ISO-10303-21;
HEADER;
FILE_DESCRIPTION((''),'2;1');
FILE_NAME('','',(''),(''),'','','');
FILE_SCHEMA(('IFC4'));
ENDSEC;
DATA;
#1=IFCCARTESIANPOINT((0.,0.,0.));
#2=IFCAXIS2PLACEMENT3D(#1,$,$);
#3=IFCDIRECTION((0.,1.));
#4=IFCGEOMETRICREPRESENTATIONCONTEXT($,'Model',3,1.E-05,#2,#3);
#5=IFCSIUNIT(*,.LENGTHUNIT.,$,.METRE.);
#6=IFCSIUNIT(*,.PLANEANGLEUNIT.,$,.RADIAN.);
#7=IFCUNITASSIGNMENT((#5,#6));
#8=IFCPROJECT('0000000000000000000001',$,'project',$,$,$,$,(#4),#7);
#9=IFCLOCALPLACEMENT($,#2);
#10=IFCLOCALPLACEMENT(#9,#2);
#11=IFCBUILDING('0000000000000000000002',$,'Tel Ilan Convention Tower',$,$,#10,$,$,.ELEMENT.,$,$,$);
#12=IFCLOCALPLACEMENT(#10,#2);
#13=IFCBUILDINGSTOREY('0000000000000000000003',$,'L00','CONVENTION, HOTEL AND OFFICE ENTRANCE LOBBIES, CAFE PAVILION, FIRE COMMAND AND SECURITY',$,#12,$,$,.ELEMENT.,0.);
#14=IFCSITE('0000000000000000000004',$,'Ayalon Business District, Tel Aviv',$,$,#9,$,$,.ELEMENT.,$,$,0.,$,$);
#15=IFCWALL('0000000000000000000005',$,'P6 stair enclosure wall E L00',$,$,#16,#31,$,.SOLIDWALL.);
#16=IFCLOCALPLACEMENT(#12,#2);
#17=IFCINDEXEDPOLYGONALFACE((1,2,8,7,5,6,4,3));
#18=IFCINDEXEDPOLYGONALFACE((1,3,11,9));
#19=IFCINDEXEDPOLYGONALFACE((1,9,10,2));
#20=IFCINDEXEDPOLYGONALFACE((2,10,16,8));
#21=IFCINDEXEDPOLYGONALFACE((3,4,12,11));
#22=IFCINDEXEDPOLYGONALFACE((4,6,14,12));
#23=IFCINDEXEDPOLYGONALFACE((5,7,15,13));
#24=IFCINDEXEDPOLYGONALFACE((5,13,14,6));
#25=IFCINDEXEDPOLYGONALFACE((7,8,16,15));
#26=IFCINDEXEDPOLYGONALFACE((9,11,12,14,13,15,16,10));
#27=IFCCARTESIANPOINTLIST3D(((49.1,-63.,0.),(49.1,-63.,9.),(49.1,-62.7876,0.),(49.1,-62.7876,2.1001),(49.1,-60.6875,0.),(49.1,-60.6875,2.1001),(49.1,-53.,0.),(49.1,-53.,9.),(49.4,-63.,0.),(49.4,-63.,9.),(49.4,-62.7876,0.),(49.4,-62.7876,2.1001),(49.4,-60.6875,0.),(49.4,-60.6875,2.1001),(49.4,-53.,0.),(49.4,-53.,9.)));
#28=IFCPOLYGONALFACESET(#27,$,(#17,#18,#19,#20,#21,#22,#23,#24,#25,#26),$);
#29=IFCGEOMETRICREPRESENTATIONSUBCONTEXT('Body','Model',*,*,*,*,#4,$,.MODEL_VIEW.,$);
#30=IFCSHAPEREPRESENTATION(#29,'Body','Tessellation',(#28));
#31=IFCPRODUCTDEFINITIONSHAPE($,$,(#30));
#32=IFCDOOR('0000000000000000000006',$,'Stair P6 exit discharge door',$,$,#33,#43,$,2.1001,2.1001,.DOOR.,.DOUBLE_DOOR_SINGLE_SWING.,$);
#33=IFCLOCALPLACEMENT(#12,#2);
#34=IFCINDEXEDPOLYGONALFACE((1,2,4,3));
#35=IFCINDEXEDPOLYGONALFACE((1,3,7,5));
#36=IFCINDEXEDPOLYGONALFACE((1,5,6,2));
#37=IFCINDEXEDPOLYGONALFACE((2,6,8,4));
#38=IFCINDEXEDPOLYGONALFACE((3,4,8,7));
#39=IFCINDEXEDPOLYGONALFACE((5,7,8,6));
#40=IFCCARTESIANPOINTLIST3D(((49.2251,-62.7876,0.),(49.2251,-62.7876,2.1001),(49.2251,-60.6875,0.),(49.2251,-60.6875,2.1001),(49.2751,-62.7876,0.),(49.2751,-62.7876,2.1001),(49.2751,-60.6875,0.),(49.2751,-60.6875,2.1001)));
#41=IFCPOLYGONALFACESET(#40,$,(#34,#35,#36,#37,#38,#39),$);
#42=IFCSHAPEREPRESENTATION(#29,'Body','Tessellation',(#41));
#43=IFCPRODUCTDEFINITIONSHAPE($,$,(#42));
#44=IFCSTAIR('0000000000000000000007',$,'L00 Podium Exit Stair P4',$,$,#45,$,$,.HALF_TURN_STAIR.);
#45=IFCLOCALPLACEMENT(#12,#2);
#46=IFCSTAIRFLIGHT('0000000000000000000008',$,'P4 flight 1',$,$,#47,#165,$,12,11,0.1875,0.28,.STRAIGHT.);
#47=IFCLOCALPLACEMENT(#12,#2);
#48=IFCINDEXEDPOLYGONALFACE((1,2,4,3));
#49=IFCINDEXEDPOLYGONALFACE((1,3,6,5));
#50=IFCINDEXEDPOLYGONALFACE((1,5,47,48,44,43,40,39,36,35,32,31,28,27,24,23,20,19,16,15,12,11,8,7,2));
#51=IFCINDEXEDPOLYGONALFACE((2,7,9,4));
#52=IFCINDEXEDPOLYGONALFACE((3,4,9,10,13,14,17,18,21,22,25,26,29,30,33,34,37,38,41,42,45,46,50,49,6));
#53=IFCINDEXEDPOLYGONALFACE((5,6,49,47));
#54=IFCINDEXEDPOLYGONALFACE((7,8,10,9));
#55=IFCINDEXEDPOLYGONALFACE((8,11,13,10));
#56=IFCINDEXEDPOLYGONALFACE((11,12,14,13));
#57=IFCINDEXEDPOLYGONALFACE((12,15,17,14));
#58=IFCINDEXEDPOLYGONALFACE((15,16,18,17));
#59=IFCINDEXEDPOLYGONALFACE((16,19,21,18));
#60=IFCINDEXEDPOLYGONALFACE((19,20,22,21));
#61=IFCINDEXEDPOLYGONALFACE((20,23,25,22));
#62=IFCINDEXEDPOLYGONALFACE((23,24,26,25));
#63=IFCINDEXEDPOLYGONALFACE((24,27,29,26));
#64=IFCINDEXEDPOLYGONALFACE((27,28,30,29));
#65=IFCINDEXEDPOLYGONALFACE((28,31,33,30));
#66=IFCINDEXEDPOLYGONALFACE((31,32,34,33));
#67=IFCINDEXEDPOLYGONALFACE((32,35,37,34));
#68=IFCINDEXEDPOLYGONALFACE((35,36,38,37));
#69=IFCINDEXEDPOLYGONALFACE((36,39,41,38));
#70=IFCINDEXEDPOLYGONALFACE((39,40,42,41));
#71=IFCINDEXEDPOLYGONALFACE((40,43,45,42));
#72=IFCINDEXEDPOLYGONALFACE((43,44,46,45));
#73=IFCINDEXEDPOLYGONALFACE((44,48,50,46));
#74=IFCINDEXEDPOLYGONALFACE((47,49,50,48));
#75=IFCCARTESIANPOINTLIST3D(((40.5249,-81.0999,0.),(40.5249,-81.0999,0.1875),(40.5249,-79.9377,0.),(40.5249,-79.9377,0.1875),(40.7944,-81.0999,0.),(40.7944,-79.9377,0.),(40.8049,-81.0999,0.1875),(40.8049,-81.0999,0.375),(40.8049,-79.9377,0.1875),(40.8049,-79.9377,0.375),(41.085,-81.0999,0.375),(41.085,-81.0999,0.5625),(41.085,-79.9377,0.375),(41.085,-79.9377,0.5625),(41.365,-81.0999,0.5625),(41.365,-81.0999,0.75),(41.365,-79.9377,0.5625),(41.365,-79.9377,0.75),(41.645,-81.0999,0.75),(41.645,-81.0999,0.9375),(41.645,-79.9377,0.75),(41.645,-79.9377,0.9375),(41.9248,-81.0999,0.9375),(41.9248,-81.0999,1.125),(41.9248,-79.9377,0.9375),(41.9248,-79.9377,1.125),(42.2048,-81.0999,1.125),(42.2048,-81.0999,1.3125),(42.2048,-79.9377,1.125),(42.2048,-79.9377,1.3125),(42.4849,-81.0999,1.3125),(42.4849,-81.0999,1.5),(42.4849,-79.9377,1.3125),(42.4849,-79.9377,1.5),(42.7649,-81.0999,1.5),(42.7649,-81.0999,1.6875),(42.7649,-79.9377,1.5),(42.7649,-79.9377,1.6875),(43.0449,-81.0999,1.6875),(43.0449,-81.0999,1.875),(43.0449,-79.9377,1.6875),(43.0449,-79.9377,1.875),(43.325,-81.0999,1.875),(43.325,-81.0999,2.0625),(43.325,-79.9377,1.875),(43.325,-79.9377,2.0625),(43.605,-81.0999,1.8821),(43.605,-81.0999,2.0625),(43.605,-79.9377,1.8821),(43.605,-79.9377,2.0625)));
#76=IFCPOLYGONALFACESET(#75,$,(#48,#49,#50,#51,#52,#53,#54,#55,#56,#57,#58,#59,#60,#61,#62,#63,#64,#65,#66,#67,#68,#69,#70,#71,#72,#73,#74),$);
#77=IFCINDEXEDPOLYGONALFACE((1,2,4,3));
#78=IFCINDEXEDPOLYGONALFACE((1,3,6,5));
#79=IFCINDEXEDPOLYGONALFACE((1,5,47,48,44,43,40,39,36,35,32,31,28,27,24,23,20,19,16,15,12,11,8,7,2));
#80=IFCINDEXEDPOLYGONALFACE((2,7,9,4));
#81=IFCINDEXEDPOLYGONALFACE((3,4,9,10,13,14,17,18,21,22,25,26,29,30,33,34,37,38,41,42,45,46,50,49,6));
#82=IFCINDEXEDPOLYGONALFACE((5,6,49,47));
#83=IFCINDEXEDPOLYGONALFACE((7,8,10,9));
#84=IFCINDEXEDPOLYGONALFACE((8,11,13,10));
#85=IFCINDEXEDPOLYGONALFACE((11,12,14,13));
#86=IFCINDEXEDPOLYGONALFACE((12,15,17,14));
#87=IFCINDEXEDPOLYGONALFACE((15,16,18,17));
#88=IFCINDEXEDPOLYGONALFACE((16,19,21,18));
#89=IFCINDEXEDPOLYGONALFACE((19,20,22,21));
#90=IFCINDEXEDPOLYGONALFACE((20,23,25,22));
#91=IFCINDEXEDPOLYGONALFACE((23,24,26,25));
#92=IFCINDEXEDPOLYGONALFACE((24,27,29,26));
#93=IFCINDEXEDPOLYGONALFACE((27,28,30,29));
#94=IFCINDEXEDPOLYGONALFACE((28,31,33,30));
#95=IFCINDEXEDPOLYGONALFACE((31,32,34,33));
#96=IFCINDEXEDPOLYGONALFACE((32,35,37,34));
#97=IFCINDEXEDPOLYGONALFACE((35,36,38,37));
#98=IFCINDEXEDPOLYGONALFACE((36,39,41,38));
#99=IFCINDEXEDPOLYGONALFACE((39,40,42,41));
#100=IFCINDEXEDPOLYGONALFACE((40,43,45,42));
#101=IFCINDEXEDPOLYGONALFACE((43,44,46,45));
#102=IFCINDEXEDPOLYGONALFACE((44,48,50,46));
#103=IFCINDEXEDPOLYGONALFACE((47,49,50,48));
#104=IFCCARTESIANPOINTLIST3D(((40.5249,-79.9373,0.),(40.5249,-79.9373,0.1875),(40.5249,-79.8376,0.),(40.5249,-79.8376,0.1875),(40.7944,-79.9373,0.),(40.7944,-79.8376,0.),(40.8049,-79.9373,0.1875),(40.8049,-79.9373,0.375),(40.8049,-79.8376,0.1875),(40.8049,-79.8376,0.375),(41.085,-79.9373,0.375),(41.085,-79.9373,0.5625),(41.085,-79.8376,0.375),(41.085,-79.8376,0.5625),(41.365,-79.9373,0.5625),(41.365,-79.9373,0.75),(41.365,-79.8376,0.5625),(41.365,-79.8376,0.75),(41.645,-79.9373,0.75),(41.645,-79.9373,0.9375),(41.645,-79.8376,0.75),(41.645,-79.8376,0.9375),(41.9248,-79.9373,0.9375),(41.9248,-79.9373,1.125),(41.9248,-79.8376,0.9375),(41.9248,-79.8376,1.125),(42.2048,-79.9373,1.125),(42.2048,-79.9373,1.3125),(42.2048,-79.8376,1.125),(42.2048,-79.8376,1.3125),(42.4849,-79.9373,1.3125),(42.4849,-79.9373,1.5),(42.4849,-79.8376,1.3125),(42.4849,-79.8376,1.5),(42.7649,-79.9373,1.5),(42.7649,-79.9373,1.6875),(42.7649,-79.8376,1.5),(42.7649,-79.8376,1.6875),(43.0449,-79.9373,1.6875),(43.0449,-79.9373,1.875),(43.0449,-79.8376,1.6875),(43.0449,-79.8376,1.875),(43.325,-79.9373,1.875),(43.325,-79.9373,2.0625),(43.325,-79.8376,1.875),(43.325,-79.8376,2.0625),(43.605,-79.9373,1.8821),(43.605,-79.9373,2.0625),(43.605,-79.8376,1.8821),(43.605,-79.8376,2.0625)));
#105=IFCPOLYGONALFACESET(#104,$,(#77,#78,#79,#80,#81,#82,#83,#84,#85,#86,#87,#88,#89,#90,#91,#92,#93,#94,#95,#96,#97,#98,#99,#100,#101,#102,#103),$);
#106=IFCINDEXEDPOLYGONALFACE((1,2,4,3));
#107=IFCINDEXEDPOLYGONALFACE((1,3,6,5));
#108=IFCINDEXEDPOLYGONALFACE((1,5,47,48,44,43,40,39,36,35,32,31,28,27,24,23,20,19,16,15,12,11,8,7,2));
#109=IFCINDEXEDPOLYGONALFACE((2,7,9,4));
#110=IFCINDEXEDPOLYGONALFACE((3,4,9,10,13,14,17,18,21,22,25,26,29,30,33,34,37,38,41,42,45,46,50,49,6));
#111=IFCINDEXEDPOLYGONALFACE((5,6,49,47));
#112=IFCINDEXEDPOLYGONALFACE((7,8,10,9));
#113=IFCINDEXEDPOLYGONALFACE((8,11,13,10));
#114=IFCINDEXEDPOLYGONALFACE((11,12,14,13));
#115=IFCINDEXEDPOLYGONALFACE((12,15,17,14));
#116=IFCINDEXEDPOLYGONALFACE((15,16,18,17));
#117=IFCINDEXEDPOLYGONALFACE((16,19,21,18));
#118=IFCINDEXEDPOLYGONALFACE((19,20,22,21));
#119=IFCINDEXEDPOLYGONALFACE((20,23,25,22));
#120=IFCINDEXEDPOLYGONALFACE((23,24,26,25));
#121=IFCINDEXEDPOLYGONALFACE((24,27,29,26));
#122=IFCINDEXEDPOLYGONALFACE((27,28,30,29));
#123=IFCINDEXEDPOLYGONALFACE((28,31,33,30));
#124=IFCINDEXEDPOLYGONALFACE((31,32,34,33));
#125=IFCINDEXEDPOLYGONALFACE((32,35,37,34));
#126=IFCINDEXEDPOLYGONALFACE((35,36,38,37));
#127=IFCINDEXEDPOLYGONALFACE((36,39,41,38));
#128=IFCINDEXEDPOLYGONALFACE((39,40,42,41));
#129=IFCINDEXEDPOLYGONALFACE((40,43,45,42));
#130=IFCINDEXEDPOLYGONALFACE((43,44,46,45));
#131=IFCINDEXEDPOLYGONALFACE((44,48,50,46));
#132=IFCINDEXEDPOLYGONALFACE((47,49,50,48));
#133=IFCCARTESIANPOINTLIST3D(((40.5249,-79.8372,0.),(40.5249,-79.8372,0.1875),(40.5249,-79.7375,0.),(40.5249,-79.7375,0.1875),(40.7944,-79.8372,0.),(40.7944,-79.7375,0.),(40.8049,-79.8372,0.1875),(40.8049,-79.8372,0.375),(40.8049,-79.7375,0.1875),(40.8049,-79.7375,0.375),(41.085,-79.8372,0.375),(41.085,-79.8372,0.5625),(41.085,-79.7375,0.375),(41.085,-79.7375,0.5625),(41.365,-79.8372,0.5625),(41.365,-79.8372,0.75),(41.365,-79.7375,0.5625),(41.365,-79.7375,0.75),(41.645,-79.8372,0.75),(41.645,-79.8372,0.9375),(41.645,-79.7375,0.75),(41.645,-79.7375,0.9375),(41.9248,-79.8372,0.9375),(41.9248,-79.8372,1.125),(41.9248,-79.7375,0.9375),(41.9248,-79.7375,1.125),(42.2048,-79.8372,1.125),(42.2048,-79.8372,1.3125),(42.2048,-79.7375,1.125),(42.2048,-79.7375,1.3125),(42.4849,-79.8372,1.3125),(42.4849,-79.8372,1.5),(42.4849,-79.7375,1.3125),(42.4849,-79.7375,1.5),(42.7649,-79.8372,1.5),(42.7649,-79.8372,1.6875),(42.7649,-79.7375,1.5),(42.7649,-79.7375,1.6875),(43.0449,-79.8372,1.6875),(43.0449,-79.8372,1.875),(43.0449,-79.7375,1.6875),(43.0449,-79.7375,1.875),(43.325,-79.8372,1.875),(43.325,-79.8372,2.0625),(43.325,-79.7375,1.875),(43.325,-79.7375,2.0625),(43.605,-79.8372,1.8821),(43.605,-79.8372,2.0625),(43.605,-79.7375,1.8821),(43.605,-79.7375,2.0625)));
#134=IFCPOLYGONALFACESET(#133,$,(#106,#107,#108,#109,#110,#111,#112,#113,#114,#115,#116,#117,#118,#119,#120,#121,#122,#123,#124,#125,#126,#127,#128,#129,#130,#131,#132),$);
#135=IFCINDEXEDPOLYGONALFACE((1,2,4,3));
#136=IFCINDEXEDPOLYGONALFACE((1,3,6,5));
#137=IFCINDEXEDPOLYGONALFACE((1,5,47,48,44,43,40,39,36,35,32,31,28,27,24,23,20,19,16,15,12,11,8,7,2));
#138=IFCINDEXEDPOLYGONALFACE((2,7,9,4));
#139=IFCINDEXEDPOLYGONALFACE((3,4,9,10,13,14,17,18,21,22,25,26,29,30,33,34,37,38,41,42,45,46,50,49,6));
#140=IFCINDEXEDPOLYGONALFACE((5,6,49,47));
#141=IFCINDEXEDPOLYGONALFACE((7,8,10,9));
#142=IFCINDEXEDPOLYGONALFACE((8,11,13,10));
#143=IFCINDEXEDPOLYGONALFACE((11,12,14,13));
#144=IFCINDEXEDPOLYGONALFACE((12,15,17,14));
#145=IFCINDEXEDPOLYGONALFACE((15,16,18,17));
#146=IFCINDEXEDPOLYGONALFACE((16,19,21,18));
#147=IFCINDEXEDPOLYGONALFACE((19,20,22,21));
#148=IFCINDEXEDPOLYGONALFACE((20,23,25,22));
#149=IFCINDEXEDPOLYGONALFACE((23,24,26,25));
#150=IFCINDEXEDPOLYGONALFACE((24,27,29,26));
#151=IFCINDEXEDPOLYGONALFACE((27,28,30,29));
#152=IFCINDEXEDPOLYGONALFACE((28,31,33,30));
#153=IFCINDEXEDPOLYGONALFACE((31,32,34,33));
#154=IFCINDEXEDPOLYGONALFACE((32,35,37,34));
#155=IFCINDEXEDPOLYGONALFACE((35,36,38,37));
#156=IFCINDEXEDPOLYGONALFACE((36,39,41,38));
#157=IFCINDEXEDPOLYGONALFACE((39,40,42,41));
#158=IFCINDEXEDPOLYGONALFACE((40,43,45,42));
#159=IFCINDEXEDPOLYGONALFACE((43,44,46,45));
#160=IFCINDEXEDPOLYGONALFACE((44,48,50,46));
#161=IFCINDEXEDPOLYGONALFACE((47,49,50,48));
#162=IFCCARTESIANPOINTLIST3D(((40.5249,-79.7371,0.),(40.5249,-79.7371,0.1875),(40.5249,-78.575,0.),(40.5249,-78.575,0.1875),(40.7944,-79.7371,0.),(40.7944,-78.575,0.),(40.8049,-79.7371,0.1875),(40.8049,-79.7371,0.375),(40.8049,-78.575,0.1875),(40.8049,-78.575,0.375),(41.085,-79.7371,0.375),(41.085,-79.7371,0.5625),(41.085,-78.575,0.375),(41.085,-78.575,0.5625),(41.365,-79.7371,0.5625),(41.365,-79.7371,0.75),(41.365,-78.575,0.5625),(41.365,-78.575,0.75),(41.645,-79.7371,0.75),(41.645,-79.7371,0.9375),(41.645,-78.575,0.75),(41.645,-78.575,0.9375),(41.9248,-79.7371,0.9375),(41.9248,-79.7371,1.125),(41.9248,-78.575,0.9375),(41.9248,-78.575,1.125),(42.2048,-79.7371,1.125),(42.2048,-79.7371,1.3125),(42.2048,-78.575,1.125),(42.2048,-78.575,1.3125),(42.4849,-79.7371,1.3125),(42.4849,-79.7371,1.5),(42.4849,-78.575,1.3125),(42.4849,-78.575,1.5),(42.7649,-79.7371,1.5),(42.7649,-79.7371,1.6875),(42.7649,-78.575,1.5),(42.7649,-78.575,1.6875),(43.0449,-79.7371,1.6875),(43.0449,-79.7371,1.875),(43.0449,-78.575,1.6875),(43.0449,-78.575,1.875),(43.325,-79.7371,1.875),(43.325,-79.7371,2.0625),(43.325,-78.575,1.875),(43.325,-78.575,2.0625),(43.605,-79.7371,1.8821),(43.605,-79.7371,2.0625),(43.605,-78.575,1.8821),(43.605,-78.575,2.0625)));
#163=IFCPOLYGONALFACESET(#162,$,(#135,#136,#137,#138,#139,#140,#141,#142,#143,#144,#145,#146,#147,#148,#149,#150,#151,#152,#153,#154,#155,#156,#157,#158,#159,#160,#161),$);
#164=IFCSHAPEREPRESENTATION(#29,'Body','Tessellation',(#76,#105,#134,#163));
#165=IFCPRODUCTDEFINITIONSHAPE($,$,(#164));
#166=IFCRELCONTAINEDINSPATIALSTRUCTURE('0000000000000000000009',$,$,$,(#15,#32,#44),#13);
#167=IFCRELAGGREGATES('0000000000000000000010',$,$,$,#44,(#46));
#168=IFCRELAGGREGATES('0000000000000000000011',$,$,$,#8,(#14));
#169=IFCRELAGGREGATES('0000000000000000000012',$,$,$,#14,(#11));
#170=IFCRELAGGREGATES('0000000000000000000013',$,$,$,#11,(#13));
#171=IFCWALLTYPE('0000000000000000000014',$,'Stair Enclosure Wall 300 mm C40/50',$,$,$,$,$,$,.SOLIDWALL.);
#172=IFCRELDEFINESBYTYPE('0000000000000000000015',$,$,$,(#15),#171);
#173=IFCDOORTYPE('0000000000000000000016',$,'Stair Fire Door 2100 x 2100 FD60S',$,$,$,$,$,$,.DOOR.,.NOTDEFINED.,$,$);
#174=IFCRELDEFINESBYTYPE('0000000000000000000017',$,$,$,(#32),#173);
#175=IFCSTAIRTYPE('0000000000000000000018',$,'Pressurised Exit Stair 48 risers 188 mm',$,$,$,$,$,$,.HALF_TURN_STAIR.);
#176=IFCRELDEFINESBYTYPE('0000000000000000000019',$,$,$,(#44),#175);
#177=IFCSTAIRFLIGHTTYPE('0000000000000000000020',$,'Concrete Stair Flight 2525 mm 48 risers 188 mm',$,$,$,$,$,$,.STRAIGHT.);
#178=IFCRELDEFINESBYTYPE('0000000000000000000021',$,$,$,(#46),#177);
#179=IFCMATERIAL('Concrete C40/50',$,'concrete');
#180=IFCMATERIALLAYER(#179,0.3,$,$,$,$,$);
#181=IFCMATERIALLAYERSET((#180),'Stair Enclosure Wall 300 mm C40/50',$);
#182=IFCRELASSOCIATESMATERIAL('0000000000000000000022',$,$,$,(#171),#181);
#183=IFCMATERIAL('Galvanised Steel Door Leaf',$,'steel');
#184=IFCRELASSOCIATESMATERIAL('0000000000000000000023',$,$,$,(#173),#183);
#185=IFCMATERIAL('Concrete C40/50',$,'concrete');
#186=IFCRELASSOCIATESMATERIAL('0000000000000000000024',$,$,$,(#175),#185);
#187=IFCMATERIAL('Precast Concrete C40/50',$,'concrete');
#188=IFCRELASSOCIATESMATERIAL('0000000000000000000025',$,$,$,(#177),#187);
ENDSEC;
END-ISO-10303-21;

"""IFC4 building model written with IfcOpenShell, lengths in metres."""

from ifc_helpers import new_model, si_unit, direction, frame, frame_2d, origin, place, context, subcontext, project, spatial, polyline, rectangle, outline, extrude, material, layer, layer_set, type_object, element, fill, aggregate, save


model = new_model("IFC4")

# Units and contexts
model_context = context("Model", 3, precision=1e-05, world=origin(), true_north=direction((0.0, 1.0)))
body_context = subcontext(model_context, "Body", "Model", "MODEL_VIEW")
ifc_project = project(units=[si_unit("LENGTHUNIT", "METRE"), si_unit("PLANEANGLEUNIT", "RADIAN")], contexts=[model_context])

# Site, building, storey
site_placement = place(None, origin())
site = spatial("IfcSite", under=ifc_project, at=site_placement, Name="Ayalon Business District, Tel Aviv", CompositionType="ELEMENT", RefElevation=0.0)
building_placement = place(site_placement, origin())
building = spatial("IfcBuilding", under=site, at=building_placement, Name="Tel Ilan Convention Tower", CompositionType="ELEMENT")
storey_placement = place(building_placement, origin())
storey = spatial("IfcBuildingStorey", under=building, at=storey_placement, Name="L00", Description="CONVENTION, HOTEL AND OFFICE ENTRANCE LOBBIES, CAFE PAVILION, FIRE COMMAND AND SECURITY", CompositionType="ELEMENT", Elevation=0.0)

# Shared definitions
ifc_material_1 = material(Name="Concrete C40/50", Category="concrete")
ifc_layer = layer(ifc_material_1, 0.3)
ifc_layer_set = layer_set([ifc_layer], Name="Stair Enclosure Wall 300 mm C40/50")
wall_type = type_object("IfcWallType", Name="Stair Enclosure Wall 300 mm C40/50", PredefinedType="SOLIDWALL", material=ifc_layer_set)

# Wall, opening, door
wall_1_placement = place(storey_placement, frame((49.25, -63.0, 0.0), z_axis=(0.0, 0.0, 1.0), x_axis=(0.0, 1.0, 0.0)))
wall_1 = element("IfcWall", 1, at=wall_1_placement, inside=storey, type_object=wall_type, Name="P6 stair enclosure wall E L00", PredefinedType="SOLIDWALL", context=body_context, shape_type="SweptSolid", body=[
    extrude(rectangle(XDim=10.0, YDim=0.3, at=frame_2d((5.0, 0.0))), origin(), (0.0, 0.0, 1.0), 9.0),
])
opening_placement = place(wall_1_placement, frame((0.2124, 0.0, 0.0)))
opening = element("IfcOpeningElement", 2, at=opening_placement, cuts=wall_1, PredefinedType="OPENING", context=body_context, shape_type="SweptSolid", body=[
    extrude(rectangle(XDim=2.1001, YDim=2.1001, at=frame_2d((1.05, 1.05))), frame((0.0, 0.1599, 0.0), z_axis=(0.0, -1.0, 0.0), x_axis=(1.0, 0.0, 0.0)), (0.0, 0.0, 1.0), 0.3201),
])
ifc_material_2 = material(Name="Galvanised Steel Door Leaf", Category="steel")
door_type = type_object("IfcDoorType", Name="Stair Fire Door 2100 x 2100 FD60S", OperationType="NOTDEFINED", PredefinedType="DOOR", material=ifc_material_2)
door_placement = place(opening_placement, origin())
door = element("IfcDoor", 3, at=door_placement, inside=storey, type_object=door_type, Name="Stair P6 exit discharge door", OperationType="DOUBLE_DOOR_SINGLE_SWING", OverallHeight=2.1001, OverallWidth=2.1001, PredefinedType="DOOR", context=body_context, shape_type="SweptSolid", body=[
    extrude(rectangle(XDim=2.1001, YDim=2.1001, at=frame_2d((1.05, 1.05))), frame((0.0, 0.0249, 0.0), z_axis=(0.0, -1.0, 0.0), x_axis=(1.0, 0.0, 0.0)), (0.0, 0.0, 1.0), 0.05),
])
fill(opening, door)

# Stair, stair flight
ifc_material_3 = material(Name="Concrete C40/50", Category="concrete")
stair_type = type_object("IfcStairType", Name="Pressurised Exit Stair 48 risers 188 mm", PredefinedType="HALF_TURN_STAIR", material=ifc_material_3)
stair_placement = place(storey_placement, origin())
stair = element("IfcStair", 4, at=stair_placement, inside=storey, type_object=stair_type, Name="L00 Podium Exit Stair P4", PredefinedType="HALF_TURN_STAIR")
ifc_material_4 = material(Name="Precast Concrete C40/50", Category="concrete")
stair_flight_type = type_object("IfcStairFlightType", Name="Concrete Stair Flight 2525 mm 48 risers 188 mm", PredefinedType="STRAIGHT", material=ifc_material_4)
stair_flight_1_placement = place(storey_placement, frame((40.5249, -79.8374, 0.0), z_axis=(0.0, 0.0, 1.0), x_axis=(1.0, 0.0, 0.0)))
stair_flight_1 = element("IfcStairFlight", 5, at=stair_flight_1_placement, type_object=stair_flight_type, Name="P4 flight 1", NumberOfRisers=12, NumberOfTreads=11, PredefinedType="STRAIGHT", RiserHeight=0.1875, TreadLength=0.28, context=body_context, shape_type="SweptSolid", body=[
    extrude(outline(polyline([(0.0, 0.0), (0.0, 0.1875), (0.28, 0.1875), (0.28, 0.375), (0.5601, 0.375), (0.5601, 0.5625), (0.8401, 0.5625), (0.8401, 0.75), (1.1201, 0.75), (1.1201, 0.9375), (1.3999, 0.9375), (1.3999, 1.125), (1.6799, 1.125), (1.6799, 1.3125), (1.96, 1.3125), (1.96, 1.5), (2.24, 1.5), (2.24, 1.6875), (2.52, 1.6875), (2.52, 1.875), (2.8, 1.875), (2.8, 2.0625), (3.0801, 2.0625), (3.0801, 2.25), (3.0801, 1.8821), (0.2695, 0.0), (0.0, 0.0)])), frame((0.0, -0.1003, 0.0), z_axis=(0.0, -1.0, 0.0), x_axis=(1.0, 0.0, 0.0)), (0.0, 0.0, 1.0), 1.1621),
    extrude(outline(polyline([(0.0, 0.0), (0.0, 0.1875), (0.28, 0.1875), (0.28, 0.375), (0.5601, 0.375), (0.5601, 0.5625), (0.8401, 0.5625), (0.8401, 0.75), (1.1201, 0.75), (1.1201, 0.9375), (1.3999, 0.9375), (1.3999, 1.125), (1.6799, 1.125), (1.6799, 1.3125), (1.96, 1.3125), (1.96, 1.5), (2.24, 1.5), (2.24, 1.6875), (2.52, 1.6875), (2.52, 1.875), (2.8, 1.875), (2.8, 2.0625), (3.0801, 2.0625), (3.0801, 2.25), (3.0801, 1.8821), (0.2695, 0.0), (0.0, 0.0)])), frame((0.0, -0.0002, 0.0), z_axis=(0.0, -1.0, 0.0), x_axis=(1.0, 0.0, 0.0)), (0.0, 0.0, 1.0), 0.0996),
    extrude(outline(polyline([(0.0, 0.0), (0.0, 0.1875), (0.28, 0.1875), (0.28, 0.375), (0.5601, 0.375), (0.5601, 0.5625), (0.8401, 0.5625), (0.8401, 0.75), (1.1201, 0.75), (1.1201, 0.9375), (1.3999, 0.9375), (1.3999, 1.125), (1.6799, 1.125), (1.6799, 1.3125), (1.96, 1.3125), (1.96, 1.5), (2.24, 1.5), (2.24, 1.6875), (2.52, 1.6875), (2.52, 1.875), (2.8, 1.875), (2.8, 2.0625), (3.0801, 2.0625), (3.0801, 2.25), (3.0801, 1.8821), (0.2695, 0.0), (0.0, 0.0)])), frame((0.0, 0.0999, 0.0), z_axis=(0.0, -1.0, 0.0), x_axis=(1.0, 0.0, 0.0)), (0.0, 0.0, 1.0), 0.0996),
    extrude(outline(polyline([(0.0, 0.0), (0.0, 0.1875), (0.28, 0.1875), (0.28, 0.375), (0.5601, 0.375), (0.5601, 0.5625), (0.8401, 0.5625), (0.8401, 0.75), (1.1201, 0.75), (1.1201, 0.9375), (1.3999, 0.9375), (1.3999, 1.125), (1.6799, 1.125), (1.6799, 1.3125), (1.96, 1.3125), (1.96, 1.5), (2.24, 1.5), (2.24, 1.6875), (2.52, 1.6875), (2.52, 1.875), (2.8, 1.875), (2.8, 2.0625), (3.0801, 2.0625), (3.0801, 2.25), (3.0801, 1.8821), (0.2695, 0.0), (0.0, 0.0)])), frame((0.0, 1.2625, 0.0), z_axis=(0.0, -1.0, 0.0), x_axis=(1.0, 0.0, 0.0)), (0.0, 0.0, 1.0), 1.1621),
])
aggregate(stair, [stair_flight_1])

save(model, "model.ifc")
